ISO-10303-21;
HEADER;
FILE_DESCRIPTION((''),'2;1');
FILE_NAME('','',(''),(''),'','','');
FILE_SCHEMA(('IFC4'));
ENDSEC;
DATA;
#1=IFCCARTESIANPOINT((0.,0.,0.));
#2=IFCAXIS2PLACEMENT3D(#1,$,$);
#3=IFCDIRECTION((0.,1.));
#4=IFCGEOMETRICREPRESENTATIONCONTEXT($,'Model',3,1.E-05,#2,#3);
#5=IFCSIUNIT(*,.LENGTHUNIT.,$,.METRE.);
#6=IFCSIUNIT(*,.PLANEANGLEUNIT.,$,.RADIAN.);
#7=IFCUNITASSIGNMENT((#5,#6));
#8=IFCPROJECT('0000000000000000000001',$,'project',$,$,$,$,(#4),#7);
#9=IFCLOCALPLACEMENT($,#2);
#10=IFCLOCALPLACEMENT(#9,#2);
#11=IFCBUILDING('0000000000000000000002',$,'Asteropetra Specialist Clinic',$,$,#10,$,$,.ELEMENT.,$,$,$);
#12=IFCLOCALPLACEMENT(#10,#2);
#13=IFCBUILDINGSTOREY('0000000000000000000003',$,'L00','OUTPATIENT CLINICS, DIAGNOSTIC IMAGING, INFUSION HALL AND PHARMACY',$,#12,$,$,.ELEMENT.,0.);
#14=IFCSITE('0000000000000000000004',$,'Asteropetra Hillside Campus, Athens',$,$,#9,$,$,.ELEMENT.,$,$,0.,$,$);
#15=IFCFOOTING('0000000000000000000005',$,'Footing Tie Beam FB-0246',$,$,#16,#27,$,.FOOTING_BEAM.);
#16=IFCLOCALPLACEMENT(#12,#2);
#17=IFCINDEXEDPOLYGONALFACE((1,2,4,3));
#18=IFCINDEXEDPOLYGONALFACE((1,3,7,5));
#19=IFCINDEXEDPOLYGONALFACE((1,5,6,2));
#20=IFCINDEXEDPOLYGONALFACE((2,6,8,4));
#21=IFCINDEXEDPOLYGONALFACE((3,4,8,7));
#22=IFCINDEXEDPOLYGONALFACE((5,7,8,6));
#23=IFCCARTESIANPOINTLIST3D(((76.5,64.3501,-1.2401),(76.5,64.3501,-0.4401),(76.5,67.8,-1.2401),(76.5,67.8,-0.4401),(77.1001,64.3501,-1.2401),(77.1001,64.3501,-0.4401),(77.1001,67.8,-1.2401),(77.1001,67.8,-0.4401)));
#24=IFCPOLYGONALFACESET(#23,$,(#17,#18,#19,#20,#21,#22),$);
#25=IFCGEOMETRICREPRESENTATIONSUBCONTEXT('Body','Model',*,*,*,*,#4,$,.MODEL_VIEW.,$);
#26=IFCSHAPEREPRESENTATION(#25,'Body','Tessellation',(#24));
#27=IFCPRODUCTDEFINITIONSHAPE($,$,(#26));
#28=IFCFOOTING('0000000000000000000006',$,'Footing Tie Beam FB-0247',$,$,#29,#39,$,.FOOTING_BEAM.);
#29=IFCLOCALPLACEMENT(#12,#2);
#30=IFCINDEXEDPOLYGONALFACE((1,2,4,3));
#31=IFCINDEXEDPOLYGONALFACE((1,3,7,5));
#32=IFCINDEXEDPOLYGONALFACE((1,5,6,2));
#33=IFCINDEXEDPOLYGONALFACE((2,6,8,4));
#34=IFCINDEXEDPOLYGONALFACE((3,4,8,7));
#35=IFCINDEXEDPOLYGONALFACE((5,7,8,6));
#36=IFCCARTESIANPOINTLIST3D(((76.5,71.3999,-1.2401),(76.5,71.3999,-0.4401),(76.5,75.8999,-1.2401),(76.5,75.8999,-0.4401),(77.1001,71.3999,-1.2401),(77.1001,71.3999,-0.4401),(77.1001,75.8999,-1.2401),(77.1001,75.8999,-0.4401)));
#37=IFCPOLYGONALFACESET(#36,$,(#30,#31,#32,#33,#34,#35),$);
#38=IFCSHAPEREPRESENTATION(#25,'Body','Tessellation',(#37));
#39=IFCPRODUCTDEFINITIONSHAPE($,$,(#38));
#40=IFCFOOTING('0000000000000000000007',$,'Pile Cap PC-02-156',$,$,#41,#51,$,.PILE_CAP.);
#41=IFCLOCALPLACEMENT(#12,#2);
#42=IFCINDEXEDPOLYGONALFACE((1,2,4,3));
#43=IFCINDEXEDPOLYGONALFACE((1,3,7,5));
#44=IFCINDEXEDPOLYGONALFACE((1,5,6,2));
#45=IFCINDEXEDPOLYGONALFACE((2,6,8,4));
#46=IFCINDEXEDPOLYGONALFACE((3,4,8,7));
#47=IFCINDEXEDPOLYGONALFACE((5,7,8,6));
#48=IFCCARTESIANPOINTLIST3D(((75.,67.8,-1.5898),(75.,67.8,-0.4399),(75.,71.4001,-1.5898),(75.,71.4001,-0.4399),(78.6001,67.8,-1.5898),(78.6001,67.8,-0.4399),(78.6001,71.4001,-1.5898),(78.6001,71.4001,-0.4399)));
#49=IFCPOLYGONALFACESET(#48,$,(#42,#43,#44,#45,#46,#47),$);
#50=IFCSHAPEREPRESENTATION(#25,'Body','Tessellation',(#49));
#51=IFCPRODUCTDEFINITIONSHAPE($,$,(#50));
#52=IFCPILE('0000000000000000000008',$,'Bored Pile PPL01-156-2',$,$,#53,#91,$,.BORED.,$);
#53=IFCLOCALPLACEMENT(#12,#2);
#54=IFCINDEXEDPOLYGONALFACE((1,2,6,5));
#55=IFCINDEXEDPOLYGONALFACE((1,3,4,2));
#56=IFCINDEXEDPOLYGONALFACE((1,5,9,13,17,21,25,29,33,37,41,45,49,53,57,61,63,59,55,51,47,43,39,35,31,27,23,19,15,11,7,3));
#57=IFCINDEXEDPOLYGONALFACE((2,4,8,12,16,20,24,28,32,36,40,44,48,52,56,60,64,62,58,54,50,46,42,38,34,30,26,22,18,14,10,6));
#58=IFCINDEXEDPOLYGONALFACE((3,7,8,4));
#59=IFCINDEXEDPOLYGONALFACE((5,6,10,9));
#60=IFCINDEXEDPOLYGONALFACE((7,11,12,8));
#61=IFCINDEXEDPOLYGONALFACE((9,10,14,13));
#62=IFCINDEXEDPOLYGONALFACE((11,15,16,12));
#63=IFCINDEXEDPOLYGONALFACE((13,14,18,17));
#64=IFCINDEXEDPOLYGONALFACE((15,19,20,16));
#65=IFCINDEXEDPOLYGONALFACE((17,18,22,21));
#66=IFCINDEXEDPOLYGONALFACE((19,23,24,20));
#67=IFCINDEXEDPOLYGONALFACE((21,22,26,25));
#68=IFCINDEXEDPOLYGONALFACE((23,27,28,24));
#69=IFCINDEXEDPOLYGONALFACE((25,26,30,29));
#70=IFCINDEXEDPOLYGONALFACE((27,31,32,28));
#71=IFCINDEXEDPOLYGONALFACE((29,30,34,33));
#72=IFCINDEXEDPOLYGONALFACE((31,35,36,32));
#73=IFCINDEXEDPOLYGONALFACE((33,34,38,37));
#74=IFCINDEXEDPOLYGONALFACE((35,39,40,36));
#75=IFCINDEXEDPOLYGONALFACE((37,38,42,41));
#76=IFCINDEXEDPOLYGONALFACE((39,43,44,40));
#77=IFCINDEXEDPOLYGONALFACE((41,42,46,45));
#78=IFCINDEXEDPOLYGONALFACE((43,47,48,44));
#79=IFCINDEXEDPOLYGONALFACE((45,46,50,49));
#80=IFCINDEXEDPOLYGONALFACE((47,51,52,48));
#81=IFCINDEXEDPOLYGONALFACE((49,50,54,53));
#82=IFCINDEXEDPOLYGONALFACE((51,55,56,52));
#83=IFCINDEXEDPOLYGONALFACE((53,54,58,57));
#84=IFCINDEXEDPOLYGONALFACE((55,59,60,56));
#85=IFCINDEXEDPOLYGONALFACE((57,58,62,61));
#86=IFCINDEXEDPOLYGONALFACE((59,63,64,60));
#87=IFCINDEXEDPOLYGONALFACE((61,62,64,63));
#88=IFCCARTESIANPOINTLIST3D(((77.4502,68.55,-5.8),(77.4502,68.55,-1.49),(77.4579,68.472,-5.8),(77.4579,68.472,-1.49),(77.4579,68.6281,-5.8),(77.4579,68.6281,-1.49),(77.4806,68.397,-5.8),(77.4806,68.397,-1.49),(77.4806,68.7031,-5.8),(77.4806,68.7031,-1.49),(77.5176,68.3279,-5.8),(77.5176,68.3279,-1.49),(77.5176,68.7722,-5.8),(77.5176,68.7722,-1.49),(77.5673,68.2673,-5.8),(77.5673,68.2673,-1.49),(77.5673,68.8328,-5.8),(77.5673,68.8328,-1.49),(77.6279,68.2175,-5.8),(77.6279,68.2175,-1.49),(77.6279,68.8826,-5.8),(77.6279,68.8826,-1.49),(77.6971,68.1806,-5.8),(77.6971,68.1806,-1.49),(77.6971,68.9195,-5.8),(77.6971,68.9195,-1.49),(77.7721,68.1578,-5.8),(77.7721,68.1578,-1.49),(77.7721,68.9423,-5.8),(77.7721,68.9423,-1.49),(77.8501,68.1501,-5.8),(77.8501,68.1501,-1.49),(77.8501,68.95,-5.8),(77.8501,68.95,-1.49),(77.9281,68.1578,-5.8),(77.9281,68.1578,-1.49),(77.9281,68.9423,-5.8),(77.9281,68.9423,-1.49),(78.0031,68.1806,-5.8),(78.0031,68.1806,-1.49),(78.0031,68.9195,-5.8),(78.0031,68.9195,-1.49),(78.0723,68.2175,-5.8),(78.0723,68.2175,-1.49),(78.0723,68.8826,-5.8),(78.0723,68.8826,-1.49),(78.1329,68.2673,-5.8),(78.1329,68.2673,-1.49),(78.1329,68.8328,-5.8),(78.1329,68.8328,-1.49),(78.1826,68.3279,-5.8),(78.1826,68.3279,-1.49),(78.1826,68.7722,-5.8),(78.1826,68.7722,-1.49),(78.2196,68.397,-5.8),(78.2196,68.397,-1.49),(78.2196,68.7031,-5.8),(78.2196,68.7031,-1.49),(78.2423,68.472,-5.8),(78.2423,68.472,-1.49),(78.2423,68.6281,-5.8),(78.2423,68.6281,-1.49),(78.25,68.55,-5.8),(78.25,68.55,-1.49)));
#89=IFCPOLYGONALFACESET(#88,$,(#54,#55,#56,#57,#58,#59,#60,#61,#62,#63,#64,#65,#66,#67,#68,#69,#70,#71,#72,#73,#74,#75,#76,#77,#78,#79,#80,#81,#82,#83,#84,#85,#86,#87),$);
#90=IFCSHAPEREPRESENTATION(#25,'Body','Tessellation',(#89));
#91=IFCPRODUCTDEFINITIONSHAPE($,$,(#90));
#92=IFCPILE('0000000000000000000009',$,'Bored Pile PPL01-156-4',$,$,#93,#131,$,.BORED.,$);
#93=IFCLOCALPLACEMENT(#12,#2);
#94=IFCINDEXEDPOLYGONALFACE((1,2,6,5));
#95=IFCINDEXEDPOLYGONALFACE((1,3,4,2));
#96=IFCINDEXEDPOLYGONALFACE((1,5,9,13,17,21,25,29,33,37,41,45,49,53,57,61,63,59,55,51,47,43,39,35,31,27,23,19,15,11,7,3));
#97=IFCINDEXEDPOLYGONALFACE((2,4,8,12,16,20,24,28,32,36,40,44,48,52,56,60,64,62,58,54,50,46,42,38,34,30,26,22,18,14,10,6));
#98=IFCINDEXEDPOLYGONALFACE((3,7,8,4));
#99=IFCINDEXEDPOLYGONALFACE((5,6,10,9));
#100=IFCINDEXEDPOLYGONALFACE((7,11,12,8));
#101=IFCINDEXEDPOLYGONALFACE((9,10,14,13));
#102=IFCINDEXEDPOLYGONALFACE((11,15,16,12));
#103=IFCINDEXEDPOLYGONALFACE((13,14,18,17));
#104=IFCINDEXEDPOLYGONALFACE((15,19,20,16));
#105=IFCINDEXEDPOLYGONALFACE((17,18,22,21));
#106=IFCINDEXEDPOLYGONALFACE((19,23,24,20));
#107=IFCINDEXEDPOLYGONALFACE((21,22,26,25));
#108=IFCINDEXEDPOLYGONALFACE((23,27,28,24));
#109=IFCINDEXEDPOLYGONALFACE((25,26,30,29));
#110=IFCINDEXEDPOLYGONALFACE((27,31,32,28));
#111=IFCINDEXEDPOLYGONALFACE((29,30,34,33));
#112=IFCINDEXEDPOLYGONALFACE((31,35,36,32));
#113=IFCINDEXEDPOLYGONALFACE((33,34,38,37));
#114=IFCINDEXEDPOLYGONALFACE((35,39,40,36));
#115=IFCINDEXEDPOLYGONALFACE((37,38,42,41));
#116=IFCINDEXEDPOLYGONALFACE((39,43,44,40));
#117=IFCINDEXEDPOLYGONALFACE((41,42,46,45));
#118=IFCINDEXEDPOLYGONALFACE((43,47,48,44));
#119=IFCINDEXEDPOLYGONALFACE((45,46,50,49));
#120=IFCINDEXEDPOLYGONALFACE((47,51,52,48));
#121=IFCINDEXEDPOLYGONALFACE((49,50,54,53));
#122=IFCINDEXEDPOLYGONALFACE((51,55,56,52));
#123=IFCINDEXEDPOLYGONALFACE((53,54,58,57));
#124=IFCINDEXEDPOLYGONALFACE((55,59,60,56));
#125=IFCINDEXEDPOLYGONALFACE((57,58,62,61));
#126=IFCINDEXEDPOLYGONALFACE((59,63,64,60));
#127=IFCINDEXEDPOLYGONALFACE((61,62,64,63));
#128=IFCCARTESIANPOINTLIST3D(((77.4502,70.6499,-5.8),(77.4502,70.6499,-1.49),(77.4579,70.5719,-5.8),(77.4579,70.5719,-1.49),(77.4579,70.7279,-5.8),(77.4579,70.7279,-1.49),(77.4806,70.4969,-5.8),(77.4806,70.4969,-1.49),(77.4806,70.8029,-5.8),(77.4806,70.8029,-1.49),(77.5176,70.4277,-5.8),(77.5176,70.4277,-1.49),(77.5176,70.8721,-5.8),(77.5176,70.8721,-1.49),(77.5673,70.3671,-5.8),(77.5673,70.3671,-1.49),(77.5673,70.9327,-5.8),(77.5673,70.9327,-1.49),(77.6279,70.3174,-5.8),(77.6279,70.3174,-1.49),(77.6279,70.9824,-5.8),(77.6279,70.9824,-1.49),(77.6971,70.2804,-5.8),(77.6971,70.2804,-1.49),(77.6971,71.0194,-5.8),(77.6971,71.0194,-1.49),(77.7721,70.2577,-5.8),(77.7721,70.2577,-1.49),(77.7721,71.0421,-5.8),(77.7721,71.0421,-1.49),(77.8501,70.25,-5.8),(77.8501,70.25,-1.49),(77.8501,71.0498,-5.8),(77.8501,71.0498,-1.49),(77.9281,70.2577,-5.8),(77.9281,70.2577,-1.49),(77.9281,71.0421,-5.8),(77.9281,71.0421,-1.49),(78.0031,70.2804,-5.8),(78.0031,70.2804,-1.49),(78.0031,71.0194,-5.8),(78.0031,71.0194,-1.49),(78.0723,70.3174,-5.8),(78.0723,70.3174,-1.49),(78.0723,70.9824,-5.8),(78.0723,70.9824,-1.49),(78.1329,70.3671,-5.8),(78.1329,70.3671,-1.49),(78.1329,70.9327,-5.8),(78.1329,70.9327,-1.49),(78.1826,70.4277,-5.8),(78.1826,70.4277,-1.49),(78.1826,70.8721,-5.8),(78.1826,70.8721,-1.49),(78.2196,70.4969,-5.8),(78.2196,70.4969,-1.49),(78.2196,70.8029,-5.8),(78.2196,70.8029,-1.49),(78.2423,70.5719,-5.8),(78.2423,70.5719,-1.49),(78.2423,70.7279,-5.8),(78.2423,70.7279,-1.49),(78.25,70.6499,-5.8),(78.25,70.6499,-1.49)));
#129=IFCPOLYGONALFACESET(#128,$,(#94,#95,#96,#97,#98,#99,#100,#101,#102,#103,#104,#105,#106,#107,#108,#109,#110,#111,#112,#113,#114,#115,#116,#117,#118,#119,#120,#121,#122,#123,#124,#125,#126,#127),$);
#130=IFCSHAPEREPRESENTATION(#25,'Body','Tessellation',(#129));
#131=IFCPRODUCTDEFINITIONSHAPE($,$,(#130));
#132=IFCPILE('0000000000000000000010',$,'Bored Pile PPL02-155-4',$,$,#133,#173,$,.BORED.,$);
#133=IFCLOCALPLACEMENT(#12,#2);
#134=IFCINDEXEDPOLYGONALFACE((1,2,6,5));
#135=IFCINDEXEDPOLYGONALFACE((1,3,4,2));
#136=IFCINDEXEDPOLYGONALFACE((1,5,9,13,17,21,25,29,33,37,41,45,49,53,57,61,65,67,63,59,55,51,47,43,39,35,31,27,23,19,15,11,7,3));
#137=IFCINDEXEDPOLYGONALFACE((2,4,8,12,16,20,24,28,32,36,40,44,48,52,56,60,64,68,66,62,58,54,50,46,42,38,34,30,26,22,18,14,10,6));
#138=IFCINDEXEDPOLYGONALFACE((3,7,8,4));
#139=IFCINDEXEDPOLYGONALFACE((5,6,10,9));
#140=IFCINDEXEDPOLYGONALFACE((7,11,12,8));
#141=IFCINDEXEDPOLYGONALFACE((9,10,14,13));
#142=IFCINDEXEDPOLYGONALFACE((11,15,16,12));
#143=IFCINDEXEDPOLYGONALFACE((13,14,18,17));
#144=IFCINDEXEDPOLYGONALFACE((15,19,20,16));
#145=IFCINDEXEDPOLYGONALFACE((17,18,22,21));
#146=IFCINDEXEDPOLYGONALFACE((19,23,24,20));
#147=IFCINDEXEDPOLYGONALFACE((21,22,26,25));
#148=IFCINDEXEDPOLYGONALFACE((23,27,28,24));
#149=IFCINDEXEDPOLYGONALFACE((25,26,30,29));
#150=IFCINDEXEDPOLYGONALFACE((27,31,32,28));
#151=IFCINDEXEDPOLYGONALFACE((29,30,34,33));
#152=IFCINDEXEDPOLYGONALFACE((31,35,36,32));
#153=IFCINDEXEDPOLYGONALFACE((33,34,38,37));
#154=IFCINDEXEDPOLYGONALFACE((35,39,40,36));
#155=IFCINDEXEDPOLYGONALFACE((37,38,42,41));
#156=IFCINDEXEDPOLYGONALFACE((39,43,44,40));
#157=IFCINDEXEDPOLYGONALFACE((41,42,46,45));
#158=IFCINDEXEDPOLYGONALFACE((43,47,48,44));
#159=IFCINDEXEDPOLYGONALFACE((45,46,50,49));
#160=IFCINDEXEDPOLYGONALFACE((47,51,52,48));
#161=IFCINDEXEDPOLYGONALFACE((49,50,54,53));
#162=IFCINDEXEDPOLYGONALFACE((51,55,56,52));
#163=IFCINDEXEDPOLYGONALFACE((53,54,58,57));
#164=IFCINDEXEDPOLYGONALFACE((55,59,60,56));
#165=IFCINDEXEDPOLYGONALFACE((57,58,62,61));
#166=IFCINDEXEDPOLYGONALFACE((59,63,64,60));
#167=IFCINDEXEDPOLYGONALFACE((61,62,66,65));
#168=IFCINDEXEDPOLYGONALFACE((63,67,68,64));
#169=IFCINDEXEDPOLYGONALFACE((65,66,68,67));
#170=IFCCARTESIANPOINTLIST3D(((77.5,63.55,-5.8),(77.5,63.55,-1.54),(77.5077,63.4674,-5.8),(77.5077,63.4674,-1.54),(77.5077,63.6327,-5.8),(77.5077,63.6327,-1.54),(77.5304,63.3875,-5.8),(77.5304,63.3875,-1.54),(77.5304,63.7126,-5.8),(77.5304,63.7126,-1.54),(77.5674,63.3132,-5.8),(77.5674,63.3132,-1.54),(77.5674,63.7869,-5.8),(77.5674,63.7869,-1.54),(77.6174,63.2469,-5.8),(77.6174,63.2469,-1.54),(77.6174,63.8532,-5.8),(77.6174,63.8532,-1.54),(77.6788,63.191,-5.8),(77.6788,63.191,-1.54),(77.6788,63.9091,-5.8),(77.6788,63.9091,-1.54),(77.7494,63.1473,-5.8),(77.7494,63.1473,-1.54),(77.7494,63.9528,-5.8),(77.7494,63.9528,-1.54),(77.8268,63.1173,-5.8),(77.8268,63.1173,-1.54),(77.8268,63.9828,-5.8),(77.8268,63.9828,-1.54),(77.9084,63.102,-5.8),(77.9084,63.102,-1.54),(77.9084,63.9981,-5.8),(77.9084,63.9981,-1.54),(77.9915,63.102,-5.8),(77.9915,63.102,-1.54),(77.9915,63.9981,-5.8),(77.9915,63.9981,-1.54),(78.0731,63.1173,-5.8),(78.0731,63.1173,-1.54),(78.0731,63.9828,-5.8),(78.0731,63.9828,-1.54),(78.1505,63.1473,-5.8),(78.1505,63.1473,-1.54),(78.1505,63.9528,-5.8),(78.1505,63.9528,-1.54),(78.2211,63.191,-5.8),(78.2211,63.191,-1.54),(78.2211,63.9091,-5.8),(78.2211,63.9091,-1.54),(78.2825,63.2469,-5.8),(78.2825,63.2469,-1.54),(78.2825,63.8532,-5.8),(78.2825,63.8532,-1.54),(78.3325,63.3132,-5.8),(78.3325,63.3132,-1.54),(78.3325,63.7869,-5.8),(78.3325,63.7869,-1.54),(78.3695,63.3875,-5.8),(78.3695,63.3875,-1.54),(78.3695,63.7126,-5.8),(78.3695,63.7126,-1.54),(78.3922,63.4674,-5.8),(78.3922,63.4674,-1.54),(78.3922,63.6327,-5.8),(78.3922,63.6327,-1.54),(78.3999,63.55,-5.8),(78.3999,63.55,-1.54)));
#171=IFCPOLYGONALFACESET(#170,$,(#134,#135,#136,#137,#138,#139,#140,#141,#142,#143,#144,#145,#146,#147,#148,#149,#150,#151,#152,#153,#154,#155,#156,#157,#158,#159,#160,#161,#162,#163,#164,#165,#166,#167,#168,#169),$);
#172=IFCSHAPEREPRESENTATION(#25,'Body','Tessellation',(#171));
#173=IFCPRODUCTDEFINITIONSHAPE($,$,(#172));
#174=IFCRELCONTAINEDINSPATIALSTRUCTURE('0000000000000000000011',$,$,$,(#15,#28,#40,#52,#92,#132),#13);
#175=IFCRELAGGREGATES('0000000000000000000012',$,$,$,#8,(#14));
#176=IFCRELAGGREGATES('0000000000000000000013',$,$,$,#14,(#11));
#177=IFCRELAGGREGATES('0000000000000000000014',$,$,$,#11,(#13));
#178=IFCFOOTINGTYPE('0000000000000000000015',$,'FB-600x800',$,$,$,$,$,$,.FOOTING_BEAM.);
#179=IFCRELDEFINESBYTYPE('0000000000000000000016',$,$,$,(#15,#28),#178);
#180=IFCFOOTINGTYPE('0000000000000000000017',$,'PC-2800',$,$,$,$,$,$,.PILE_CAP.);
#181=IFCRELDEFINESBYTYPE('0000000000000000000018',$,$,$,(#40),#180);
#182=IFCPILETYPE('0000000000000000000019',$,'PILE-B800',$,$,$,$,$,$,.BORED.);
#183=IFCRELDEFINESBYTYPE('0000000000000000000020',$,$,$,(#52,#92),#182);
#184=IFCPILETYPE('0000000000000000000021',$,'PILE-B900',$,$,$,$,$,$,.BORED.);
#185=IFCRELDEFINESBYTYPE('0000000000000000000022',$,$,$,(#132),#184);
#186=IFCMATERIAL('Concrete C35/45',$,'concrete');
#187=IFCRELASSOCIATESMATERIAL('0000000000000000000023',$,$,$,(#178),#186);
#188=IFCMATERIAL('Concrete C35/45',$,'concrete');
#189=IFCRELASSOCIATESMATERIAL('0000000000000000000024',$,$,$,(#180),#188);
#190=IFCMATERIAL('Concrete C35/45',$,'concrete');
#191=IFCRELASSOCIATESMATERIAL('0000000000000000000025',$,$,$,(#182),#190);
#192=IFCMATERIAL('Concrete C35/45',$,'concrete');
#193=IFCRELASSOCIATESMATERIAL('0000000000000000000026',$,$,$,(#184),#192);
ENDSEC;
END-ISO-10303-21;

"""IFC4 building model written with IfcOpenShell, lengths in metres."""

from ifc_helpers import new_model, si_unit, direction, frame, origin, origin_2d, place, context, subcontext, project, spatial, rectangle, circle, extrude, material, material_profile, profile_set, type_object, element, save


model = new_model("IFC4")

# Units and contexts
model_context = context("Model", 3, precision=1e-05, world=origin(), true_north=direction((0.0, 1.0)))
body_context = subcontext(model_context, "Body", "Model", "MODEL_VIEW")
ifc_project = project(units=[si_unit("LENGTHUNIT", "METRE"), si_unit("PLANEANGLEUNIT", "RADIAN")], contexts=[model_context])

# Site, building, storey
site_placement = place(None, origin())
site = spatial("IfcSite", under=ifc_project, at=site_placement, Name="Asteropetra Hillside Campus, Athens", CompositionType="ELEMENT", RefElevation=0.0)
building_placement = place(site_placement, origin())
building = spatial("IfcBuilding", under=site, at=building_placement, Name="Asteropetra Specialist Clinic", CompositionType="ELEMENT")
storey_placement = place(building_placement, origin())
storey = spatial("IfcBuildingStorey", under=building, at=storey_placement, Name="L00", Description="OUTPATIENT CLINICS, DIAGNOSTIC IMAGING, INFUSION HALL AND PHARMACY", CompositionType="ELEMENT", Elevation=0.0)

# Footings
ifc_material_1 = material(Name="Concrete C35/45", Category="concrete")
ifc_material_profile_1 = material_profile(ifc_material_1, rectangle(XDim=0.6001, YDim=0.8, at=origin_2d()), Name="FB 600x800")
ifc_profile_set_1 = profile_set([ifc_material_profile_1], Name="Concrete C35/45")
footing_type_1 = type_object("IfcFootingType", Name="FB-600x800", PredefinedType="FOOTING_BEAM", material=ifc_profile_set_1)
footing_1_placement = place(storey_placement, frame((76.8, 64.3501, -0.8401), z_axis=(0.0, 1.0, 0.0), x_axis=(-1.0, 0.0, 0.0)))
element("IfcFooting", 1, at=footing_1_placement, inside=storey, type_object=footing_type_1, Name="Footing Tie Beam FB-0246", PredefinedType="FOOTING_BEAM", context=body_context, shape_type="SweptSolid", body=[
    extrude(rectangle(XDim=0.6001, YDim=0.8, at=origin_2d()), origin(), (0.0, 0.0, 1.0), 3.45),
])
footing_2_placement = place(storey_placement, frame((76.8, 71.3999, -0.8401), z_axis=(0.0, 1.0, 0.0), x_axis=(-1.0, 0.0, 0.0)))
element("IfcFooting", 2, at=footing_2_placement, inside=storey, type_object=footing_type_1, Name="Footing Tie Beam FB-0247", PredefinedType="FOOTING_BEAM", context=body_context, shape_type="SweptSolid", body=[
    extrude(rectangle(XDim=0.6001, YDim=0.8, at=origin_2d()), origin(), (0.0, 0.0, 1.0), 4.5),
])
ifc_material_2 = material(Name="Concrete C35/45", Category="concrete")
footing_type_2 = type_object("IfcFootingType", Name="PC-2800", PredefinedType="PILE_CAP", material=ifc_material_2)
footing_3_placement = place(storey_placement, frame((76.8, 69.6001, -1.5898), z_axis=(0.0, 0.0, 1.0), x_axis=(1.0, 0.0, 0.0)))
element("IfcFooting", 3, at=footing_3_placement, inside=storey, type_object=footing_type_2, Name="Pile Cap PC-02-156", PredefinedType="PILE_CAP", context=body_context, shape_type="SweptSolid", body=[
    extrude(rectangle(XDim=3.6001, YDim=3.6001, at=origin_2d()), origin(), (0.0, 0.0, 1.0), 1.1499),
])

# Piles
ifc_material_3 = material(Name="Concrete C35/45", Category="concrete")
ifc_material_profile_2 = material_profile(ifc_material_3, circle(Radius=0.3999, at=origin_2d()), Name="PILE D800")
ifc_profile_set_2 = profile_set([ifc_material_profile_2], Name="Concrete C35/45")
pile_type_1 = type_object("IfcPileType", Name="PILE-B800", PredefinedType="BORED", material=ifc_profile_set_2)
for number, where, z_axis, x_axis, name in (
    (4, (77.8501, 68.55, -1.49), (0.0, 0.0, -1.0), (1.0, 0.0, 0.0), "Bored Pile PPL01-156-2"),
    (5, (77.8501, 70.6499, -1.49), (0.0, 0.0, -1.0), (1.0, 0.0, 0.0), "Bored Pile PPL01-156-4"),
):
    element("IfcPile", number, at=place(storey_placement, frame(where, z_axis=z_axis, x_axis=x_axis)), inside=storey, type_object=pile_type_1, Name=name, PredefinedType="BORED", context=body_context, shape_type="SweptSolid", body=[
        extrude(circle(Radius=0.3999, at=origin_2d()), origin(), (0.0, 0.0, 1.0), 4.3101),
    ])
ifc_material_4 = material(Name="Concrete C35/45", Category="concrete")
ifc_material_profile_3 = material_profile(ifc_material_4, circle(Radius=0.45, at=origin_2d()), Name="PILE D900")
ifc_profile_set_3 = profile_set([ifc_material_profile_3], Name="Concrete C35/45")
pile_type_2 = type_object("IfcPileType", Name="PILE-B900", PredefinedType="BORED", material=ifc_profile_set_3)
for number, where, z_axis, x_axis, name in (
    (6, (77.95, 63.55, -1.54), (0.0, 0.0, -1.0), (1.0, 0.0, 0.0), "Bored Pile PPL02-155-4"),
):
    element("IfcPile", number, at=place(storey_placement, frame(where, z_axis=z_axis, x_axis=x_axis)), inside=storey, type_object=pile_type_2, Name=name, PredefinedType="BORED", context=body_context, shape_type="SweptSolid", body=[
        extrude(circle(Radius=0.45, at=origin_2d()), origin(), (0.0, 0.0, 1.0), 4.26),
    ])

save(model, "model.ifc")
